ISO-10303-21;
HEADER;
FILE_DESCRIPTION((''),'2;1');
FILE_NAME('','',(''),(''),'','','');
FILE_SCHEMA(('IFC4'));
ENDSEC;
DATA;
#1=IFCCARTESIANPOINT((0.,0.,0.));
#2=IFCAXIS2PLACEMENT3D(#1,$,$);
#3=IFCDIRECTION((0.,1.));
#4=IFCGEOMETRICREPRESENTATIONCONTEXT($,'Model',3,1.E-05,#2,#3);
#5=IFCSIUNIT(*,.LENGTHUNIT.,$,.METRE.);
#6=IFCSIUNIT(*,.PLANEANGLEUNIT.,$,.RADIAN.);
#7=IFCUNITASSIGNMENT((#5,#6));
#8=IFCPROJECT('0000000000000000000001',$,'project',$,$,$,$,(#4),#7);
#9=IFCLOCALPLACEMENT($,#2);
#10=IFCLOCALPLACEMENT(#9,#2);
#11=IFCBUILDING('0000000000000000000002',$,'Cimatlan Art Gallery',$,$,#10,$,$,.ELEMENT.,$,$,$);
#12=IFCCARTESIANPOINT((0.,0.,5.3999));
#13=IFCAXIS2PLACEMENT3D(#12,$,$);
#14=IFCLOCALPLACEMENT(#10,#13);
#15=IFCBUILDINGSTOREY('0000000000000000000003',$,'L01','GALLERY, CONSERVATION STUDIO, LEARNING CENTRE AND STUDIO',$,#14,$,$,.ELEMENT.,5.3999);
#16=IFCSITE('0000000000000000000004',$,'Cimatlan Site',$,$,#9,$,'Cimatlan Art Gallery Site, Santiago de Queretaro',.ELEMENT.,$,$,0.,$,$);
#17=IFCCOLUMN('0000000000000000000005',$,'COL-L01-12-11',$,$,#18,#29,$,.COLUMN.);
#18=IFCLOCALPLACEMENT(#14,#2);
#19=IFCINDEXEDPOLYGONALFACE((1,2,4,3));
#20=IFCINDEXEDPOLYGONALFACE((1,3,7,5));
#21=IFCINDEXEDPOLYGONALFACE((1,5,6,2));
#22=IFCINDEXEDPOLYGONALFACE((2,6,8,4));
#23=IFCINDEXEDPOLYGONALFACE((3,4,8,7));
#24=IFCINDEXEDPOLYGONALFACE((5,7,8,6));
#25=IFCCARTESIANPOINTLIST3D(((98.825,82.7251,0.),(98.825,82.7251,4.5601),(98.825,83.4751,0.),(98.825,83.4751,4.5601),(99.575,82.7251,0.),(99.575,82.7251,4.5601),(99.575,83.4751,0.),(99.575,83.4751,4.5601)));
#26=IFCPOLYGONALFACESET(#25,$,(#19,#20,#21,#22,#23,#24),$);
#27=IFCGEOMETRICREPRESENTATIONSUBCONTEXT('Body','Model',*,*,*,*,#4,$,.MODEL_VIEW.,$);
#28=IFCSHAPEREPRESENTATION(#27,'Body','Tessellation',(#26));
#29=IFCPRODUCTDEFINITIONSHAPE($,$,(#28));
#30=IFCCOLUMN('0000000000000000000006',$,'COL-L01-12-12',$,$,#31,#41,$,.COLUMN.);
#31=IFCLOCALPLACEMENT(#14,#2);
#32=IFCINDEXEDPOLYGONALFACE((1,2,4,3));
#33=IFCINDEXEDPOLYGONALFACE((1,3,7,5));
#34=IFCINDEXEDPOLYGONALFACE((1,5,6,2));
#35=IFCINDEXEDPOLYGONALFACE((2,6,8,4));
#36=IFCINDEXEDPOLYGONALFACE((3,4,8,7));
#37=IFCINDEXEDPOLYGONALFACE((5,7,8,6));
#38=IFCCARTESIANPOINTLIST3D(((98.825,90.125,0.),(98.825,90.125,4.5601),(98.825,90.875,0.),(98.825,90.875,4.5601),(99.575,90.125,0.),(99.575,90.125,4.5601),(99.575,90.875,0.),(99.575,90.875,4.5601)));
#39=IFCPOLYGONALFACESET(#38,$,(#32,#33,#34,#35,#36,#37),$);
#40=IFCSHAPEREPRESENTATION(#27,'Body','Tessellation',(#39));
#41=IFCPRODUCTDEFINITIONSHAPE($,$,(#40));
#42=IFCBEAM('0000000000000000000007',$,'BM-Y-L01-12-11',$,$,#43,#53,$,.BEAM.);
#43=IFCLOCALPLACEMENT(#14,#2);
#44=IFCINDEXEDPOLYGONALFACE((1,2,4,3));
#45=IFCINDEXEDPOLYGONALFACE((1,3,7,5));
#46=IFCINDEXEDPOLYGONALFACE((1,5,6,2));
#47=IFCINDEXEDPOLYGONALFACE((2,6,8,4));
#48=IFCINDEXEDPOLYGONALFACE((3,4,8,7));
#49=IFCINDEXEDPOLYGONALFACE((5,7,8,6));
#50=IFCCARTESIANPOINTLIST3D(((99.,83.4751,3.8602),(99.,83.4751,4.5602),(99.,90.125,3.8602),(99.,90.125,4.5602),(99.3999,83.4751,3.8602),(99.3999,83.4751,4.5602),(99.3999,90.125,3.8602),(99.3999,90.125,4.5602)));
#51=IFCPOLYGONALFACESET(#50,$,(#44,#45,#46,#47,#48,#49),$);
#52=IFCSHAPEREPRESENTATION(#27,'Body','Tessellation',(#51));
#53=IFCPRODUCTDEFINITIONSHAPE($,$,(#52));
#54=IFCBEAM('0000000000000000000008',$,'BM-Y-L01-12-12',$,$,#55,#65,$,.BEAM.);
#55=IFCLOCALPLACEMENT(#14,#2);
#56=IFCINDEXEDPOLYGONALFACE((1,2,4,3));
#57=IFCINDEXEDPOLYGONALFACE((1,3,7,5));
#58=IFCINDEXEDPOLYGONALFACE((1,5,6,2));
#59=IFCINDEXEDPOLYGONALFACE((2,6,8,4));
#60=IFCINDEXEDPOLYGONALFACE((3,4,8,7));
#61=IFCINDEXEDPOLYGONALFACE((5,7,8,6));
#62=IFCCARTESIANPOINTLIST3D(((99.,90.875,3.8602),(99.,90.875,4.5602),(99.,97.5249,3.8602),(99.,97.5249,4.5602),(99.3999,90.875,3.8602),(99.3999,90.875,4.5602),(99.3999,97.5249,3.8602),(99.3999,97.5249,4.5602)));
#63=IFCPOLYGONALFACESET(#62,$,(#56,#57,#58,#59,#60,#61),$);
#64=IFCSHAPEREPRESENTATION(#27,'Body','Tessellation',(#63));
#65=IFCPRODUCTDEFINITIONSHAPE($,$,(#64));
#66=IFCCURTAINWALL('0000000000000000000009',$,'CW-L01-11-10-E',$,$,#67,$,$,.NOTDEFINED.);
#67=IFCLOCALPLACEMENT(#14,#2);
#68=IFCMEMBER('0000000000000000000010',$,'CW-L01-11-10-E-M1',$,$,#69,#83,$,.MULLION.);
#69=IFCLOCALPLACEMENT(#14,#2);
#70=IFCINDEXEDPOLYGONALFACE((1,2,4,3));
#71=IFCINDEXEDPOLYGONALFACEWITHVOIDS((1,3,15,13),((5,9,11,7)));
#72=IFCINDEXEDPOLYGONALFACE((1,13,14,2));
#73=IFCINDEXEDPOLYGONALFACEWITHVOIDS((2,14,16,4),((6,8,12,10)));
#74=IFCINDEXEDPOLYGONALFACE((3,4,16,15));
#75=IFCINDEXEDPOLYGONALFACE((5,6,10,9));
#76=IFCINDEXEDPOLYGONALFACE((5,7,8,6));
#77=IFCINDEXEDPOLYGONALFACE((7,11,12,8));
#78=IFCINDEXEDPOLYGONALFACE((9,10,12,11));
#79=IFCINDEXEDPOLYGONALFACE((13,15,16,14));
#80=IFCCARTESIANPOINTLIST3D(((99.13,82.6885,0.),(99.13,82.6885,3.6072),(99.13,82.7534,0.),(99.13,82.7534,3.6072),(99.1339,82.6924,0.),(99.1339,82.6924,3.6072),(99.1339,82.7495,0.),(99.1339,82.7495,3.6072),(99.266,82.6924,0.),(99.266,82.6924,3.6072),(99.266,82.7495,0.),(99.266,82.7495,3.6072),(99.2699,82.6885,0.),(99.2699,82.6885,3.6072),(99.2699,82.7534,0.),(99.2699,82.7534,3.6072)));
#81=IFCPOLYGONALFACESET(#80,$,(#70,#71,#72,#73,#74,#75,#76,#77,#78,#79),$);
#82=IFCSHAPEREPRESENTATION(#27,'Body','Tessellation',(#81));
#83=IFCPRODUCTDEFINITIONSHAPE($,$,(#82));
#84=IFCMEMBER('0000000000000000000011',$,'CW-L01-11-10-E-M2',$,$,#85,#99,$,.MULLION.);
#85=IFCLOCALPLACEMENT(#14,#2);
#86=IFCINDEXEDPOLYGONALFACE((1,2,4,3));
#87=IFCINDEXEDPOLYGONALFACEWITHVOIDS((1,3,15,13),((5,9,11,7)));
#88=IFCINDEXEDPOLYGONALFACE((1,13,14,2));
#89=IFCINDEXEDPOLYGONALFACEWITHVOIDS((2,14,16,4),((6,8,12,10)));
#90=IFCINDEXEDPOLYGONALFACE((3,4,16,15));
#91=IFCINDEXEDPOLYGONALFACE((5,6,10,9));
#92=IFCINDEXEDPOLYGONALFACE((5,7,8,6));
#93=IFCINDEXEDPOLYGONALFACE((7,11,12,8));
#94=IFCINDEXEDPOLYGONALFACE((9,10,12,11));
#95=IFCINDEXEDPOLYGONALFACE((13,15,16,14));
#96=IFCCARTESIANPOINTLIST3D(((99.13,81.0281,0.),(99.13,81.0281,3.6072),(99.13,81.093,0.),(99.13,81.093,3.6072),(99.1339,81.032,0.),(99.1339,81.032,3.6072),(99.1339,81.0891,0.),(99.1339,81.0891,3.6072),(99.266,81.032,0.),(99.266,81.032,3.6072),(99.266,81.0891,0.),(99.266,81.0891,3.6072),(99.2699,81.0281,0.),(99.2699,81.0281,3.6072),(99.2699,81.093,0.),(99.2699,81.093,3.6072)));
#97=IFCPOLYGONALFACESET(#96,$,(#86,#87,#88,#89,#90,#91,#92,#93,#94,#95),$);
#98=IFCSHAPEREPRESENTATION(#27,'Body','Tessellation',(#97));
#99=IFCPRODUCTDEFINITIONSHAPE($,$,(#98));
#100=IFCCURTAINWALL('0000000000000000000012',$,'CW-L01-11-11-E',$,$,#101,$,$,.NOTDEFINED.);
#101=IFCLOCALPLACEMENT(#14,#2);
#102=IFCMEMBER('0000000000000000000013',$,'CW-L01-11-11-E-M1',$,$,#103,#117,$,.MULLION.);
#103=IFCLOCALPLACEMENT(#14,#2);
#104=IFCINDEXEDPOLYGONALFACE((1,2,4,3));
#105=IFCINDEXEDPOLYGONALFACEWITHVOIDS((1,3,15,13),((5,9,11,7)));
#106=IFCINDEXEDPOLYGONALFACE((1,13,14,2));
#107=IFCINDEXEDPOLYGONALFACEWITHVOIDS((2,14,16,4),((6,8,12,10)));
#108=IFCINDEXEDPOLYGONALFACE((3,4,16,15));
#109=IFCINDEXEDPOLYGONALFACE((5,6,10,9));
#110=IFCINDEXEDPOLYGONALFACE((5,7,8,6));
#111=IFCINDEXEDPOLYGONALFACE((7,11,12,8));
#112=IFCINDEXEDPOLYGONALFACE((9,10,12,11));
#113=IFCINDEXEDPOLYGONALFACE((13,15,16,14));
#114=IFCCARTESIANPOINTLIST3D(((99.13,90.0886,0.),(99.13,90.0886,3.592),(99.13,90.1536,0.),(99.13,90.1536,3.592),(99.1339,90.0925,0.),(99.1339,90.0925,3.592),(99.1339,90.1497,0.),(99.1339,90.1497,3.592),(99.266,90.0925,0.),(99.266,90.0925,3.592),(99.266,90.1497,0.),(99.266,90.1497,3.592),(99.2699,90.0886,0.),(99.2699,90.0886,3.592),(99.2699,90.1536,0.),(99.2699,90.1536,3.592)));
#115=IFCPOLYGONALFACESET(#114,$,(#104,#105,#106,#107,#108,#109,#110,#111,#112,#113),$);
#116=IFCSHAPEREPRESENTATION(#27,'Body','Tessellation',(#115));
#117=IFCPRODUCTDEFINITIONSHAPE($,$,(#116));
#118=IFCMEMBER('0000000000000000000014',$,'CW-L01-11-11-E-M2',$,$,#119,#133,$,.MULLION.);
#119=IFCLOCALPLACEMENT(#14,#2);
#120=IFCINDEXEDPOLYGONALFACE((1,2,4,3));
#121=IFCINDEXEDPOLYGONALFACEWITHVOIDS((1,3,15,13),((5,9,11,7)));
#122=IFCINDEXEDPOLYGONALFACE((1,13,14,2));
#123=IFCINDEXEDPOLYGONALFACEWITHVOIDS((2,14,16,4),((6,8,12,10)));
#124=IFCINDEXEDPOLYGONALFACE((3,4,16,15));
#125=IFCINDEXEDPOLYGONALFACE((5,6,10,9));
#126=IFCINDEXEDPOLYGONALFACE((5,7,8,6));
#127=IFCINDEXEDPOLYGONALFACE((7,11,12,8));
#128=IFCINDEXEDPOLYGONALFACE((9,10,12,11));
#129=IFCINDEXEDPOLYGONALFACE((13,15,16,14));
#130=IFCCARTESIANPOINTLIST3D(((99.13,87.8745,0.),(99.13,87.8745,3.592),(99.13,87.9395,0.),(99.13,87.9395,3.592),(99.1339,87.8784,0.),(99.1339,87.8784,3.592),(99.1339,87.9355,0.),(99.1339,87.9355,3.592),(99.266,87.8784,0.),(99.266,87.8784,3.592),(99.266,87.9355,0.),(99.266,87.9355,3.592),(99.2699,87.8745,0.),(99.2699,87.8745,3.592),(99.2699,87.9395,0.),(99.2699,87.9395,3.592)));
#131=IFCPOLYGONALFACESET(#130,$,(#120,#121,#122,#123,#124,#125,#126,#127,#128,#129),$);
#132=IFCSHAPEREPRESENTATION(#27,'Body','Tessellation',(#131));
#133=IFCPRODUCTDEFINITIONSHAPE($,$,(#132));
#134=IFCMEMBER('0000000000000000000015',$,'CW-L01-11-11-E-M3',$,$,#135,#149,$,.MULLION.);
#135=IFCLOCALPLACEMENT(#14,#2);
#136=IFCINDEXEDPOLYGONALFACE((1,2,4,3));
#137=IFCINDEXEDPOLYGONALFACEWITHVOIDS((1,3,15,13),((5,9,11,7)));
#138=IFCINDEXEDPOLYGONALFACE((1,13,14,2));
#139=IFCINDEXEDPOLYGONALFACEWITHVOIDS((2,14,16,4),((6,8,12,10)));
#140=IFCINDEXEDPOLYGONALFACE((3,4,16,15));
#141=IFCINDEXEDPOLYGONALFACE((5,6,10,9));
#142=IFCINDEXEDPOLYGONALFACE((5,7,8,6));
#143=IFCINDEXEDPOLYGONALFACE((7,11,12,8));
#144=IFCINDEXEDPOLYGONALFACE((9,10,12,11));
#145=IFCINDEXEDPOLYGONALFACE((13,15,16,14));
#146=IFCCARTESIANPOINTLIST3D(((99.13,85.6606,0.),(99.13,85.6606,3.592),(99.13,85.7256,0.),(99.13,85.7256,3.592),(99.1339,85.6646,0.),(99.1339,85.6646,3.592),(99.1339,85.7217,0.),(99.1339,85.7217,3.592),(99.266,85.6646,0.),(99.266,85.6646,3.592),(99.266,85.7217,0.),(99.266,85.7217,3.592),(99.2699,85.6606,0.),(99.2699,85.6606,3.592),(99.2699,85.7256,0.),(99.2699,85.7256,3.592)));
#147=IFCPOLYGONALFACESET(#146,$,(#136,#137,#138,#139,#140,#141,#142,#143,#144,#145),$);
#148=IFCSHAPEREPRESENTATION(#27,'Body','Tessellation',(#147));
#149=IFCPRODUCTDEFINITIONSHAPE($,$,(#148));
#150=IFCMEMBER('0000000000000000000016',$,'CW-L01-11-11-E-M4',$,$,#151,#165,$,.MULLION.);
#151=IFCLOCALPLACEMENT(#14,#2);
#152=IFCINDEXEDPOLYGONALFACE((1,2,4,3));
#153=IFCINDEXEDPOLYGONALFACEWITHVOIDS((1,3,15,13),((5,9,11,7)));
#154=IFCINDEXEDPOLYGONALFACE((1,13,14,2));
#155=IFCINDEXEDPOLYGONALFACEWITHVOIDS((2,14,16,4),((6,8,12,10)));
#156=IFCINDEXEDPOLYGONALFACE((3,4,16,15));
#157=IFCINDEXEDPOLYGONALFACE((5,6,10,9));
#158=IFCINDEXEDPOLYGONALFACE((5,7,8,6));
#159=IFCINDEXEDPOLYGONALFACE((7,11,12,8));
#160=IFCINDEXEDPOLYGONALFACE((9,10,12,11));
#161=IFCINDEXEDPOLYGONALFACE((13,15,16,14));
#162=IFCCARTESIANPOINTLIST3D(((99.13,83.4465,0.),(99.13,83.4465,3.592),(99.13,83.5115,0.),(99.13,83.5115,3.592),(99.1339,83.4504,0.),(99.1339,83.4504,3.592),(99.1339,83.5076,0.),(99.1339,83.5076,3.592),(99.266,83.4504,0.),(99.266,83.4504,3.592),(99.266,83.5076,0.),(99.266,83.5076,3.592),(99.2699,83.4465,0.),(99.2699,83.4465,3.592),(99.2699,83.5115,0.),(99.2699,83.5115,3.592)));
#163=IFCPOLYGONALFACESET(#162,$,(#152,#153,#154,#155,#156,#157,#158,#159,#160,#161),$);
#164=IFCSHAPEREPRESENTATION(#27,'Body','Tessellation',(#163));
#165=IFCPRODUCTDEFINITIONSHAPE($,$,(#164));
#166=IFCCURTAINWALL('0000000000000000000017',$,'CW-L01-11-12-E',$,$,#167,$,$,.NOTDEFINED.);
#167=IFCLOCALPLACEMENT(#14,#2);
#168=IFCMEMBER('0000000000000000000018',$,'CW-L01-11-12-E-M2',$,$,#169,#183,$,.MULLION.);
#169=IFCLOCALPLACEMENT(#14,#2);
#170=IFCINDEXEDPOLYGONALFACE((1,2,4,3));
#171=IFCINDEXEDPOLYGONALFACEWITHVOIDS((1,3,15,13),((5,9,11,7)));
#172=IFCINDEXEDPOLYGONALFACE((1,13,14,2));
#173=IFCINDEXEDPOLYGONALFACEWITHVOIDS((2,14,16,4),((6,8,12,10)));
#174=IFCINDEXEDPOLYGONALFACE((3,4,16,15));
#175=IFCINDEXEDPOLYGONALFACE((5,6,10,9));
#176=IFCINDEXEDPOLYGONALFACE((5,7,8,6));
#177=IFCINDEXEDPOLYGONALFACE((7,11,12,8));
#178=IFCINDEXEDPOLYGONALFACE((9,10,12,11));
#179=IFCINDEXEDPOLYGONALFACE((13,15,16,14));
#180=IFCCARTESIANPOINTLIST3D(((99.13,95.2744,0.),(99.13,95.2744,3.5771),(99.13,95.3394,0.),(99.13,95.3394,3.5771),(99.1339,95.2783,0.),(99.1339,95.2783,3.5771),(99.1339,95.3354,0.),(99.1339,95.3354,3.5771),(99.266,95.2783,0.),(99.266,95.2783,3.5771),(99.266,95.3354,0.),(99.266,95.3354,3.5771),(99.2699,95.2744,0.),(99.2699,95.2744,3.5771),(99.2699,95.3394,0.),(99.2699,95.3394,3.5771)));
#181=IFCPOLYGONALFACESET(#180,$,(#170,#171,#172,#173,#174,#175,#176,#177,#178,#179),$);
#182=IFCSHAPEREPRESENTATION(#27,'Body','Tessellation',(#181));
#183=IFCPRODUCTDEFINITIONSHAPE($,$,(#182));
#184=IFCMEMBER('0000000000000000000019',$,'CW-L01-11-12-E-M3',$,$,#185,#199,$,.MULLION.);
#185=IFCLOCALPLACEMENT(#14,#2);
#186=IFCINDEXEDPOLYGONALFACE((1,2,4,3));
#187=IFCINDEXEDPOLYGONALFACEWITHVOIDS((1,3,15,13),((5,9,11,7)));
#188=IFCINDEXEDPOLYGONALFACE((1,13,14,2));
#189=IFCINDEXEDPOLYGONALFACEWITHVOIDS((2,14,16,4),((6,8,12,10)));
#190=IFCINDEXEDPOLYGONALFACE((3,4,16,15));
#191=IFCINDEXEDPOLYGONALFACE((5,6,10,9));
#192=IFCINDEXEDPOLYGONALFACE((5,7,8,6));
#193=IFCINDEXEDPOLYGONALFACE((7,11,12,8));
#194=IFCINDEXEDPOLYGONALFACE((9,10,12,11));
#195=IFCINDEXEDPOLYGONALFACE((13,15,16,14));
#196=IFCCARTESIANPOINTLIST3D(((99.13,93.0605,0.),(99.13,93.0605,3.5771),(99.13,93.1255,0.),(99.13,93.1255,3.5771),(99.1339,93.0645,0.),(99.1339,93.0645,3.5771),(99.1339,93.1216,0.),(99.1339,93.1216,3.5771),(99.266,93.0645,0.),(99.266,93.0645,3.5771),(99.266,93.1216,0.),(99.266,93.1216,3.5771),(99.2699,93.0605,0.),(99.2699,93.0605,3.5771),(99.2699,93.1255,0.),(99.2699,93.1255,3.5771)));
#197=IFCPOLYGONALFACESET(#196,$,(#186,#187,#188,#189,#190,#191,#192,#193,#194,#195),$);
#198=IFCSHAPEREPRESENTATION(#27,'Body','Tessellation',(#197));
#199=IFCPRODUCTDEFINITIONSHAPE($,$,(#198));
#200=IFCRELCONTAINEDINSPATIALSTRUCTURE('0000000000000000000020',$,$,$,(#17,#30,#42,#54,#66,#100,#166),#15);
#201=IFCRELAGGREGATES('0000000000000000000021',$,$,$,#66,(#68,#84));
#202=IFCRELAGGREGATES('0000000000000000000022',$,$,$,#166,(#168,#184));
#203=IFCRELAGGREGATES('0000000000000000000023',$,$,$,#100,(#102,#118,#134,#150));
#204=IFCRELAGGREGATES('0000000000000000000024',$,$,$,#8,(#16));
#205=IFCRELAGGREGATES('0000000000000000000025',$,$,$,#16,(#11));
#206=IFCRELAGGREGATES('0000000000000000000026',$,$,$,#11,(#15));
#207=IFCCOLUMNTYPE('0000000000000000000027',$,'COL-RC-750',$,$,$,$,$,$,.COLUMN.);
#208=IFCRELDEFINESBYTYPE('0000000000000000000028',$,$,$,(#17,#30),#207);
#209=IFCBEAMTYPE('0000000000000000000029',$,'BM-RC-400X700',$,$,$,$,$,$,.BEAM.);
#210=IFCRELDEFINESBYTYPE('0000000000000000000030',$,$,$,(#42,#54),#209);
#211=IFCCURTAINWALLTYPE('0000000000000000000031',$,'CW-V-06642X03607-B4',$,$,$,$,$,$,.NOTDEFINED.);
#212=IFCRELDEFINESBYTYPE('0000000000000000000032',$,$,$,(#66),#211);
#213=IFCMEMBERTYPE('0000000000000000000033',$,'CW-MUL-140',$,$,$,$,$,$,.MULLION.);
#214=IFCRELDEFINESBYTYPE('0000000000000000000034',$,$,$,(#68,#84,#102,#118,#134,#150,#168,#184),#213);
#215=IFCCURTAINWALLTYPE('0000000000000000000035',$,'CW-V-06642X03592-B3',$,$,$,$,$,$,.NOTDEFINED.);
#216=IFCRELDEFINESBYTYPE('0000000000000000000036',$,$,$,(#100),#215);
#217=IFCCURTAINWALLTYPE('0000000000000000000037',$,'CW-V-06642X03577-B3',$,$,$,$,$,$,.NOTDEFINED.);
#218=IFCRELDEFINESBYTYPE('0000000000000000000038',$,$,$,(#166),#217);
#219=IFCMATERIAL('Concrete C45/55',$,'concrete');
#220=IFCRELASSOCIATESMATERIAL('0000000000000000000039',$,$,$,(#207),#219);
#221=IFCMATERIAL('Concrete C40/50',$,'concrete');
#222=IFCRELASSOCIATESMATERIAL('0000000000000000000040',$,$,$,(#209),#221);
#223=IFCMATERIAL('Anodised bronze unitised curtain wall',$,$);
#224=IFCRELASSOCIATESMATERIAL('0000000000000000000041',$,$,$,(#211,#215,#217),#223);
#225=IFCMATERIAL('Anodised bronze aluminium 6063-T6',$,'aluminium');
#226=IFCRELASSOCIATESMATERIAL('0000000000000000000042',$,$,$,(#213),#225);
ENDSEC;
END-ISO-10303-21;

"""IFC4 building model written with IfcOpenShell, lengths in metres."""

from ifc_helpers import new_model, si_unit, direction, frame, origin, origin_2d, place, context, subcontext, project, spatial, rectangle, hollow_rectangle, extrude, material, material_profile, profile_set, type_object, element, aggregate, save


model = new_model("IFC4")

# Units and contexts
model_context = context("Model", 3, precision=1e-05, world=origin(), true_north=direction((0.0, 1.0)))
body_context = subcontext(model_context, "Body", "Model", "MODEL_VIEW")
ifc_project = project(units=[si_unit("LENGTHUNIT", "METRE"), si_unit("PLANEANGLEUNIT", "RADIAN")], contexts=[model_context])

# Site, building, storey
site_placement = place(None, origin())
site = spatial("IfcSite", under=ifc_project, at=site_placement, Name="Cimatlan Site", LongName="Cimatlan Art Gallery Site, Santiago de Queretaro", CompositionType="ELEMENT", RefElevation=0.0)
building_placement = place(site_placement, origin())
building = spatial("IfcBuilding", under=site, at=building_placement, Name="Cimatlan Art Gallery", CompositionType="ELEMENT")
storey_placement = place(building_placement, frame((0.0, 0.0, 5.3999)))
storey = spatial("IfcBuildingStorey", under=building, at=storey_placement, Name="L01", Description="GALLERY, CONSERVATION STUDIO, LEARNING CENTRE AND STUDIO", CompositionType="ELEMENT", Elevation=5.3999)

# Columns
ifc_material_1 = material(Name="Concrete C45/55", Category="concrete")
ifc_material_profile_1 = material_profile(ifc_material_1, rectangle(XDim=0.75, YDim=0.75, at=origin_2d()), Name="RC750X750")
ifc_profile_set_1 = profile_set([ifc_material_profile_1], Name="Concrete C45/55")
column_type = type_object("IfcColumnType", Name="COL-RC-750", PredefinedType="COLUMN", material=ifc_profile_set_1)
for number, where, z_axis, x_axis, name in (
    (1, (99.2, 83.1001, 0.0), (0.0, 0.0, 1.0), (1.0, 0.0, 0.0), "COL-L01-12-11"),
    (2, (99.2, 90.5, 0.0), (0.0, 0.0, 1.0), (1.0, 0.0, 0.0), "COL-L01-12-12"),
):
    element("IfcColumn", number, at=place(storey_placement, frame(where, z_axis=z_axis, x_axis=x_axis)), inside=storey, type_object=column_type, Name=name, PredefinedType="COLUMN", context=body_context, shape_type="SweptSolid", body=[
        extrude(rectangle(XDim=0.75, YDim=0.75, at=origin_2d()), origin(), (0.0, 0.0, 1.0), 4.5601),
    ])

# Beams
ifc_material_2 = material(Name="Concrete C40/50", Category="concrete")
ifc_material_profile_2 = material_profile(ifc_material_2, rectangle(XDim=0.3999, YDim=0.7, at=origin_2d()), Name="RC400X700")
ifc_profile_set_2 = profile_set([ifc_material_profile_2], Name="Concrete C40/50")
beam_type = type_object("IfcBeamType", Name="BM-RC-400X700", PredefinedType="BEAM", material=ifc_profile_set_2)
for number, where, z_axis, x_axis, name in (
    (3, (99.2, 83.4751, 4.2102), (0.0, 1.0, 0.0), (-1.0, 0.0, 0.0), "BM-Y-L01-12-11"),
    (4, (99.2, 90.875, 4.2102), (0.0, 1.0, 0.0), (-1.0, 0.0, 0.0), "BM-Y-L01-12-12"),
):
    element("IfcBeam", number, at=place(storey_placement, frame(where, z_axis=z_axis, x_axis=x_axis)), inside=storey, type_object=beam_type, Name=name, PredefinedType="BEAM", context=body_context, shape_type="SweptSolid", body=[
        extrude(rectangle(XDim=0.3999, YDim=0.7, at=origin_2d()), origin(), (0.0, 0.0, 1.0), 6.6499),
    ])

# Curtain walls, members
ifc_material_3 = material(Name="Anodised bronze unitised curtain wall")
curtain_wall_type_1 = type_object("IfcCurtainWallType", Name="CW-V-06642X03607-B4", PredefinedType="NOTDEFINED", material=ifc_material_3)
curtain_wall_1_placement = place(storey_placement, origin())
curtain_wall_1 = element("IfcCurtainWall", 5, at=curtain_wall_1_placement, inside=storey, type_object=curtain_wall_type_1, Name="CW-L01-11-10-E", PredefinedType="NOTDEFINED")
ifc_material_4 = material(Name="Anodised bronze aluminium 6063-T6", Category="aluminium")
ifc_material_profile_3 = material_profile(ifc_material_4, hollow_rectangle(XDim=0.0649, YDim=0.1399, WallThickness=0.0039, at=origin_2d()), Name="ALU65X140X4")
ifc_profile_set_3 = profile_set([ifc_material_profile_3], Name="Anodised bronze aluminium 6063-T6")
member_type_1 = type_object("IfcMemberType", Name="CW-MUL-140", PredefinedType="MULLION", material=ifc_profile_set_3)
member_1_placement = place(storey_placement, frame((99.2, 82.7209, 0.0), z_axis=(0.0, 0.0, 1.0), x_axis=(0.0, 1.0, 0.0)))
member_1 = element("IfcMember", 6, at=member_1_placement, type_object=member_type_1, Name="CW-L01-11-10-E-M1", PredefinedType="MULLION", context=body_context, shape_type="SweptSolid", body=[
    extrude(hollow_rectangle(XDim=0.0649, YDim=0.1399, WallThickness=0.0039, at=origin_2d()), origin(), (0.0, 0.0, 1.0), 3.6072),
])
member_2_placement = place(storey_placement, frame((99.2, 81.0605, 0.0), z_axis=(0.0, 0.0, 1.0), x_axis=(0.0, 1.0, 0.0)))
member_2 = element("IfcMember", 7, at=member_2_placement, type_object=member_type_1, Name="CW-L01-11-10-E-M2", PredefinedType="MULLION", context=body_context, shape_type="SweptSolid", body=[
    extrude(hollow_rectangle(XDim=0.0649, YDim=0.1399, WallThickness=0.0039, at=origin_2d()), origin(), (0.0, 0.0, 1.0), 3.6072),
])
curtain_wall_type_2 = type_object("IfcCurtainWallType", Name="CW-V-06642X03592-B3", PredefinedType="NOTDEFINED", material=ifc_material_3)
curtain_wall_2_placement = place(storey_placement, origin())
curtain_wall_2 = element("IfcCurtainWall", 8, at=curtain_wall_2_placement, inside=storey, type_object=curtain_wall_type_2, Name="CW-L01-11-11-E", PredefinedType="NOTDEFINED")
member_3_placement = place(storey_placement, frame((99.2, 90.1211, 0.0), z_axis=(0.0, 0.0, 1.0), x_axis=(0.0, 1.0, 0.0)))
member_3 = element("IfcMember", 9, at=member_3_placement, type_object=member_type_1, Name="CW-L01-11-11-E-M1", PredefinedType="MULLION", context=body_context, shape_type="SweptSolid", body=[
    extrude(hollow_rectangle(XDim=0.0649, YDim=0.1399, WallThickness=0.0039, at=origin_2d()), origin(), (0.0, 0.0, 1.0), 3.592),
])
member_4_placement = place(storey_placement, frame((99.2, 87.907, 0.0), z_axis=(0.0, 0.0, 1.0), x_axis=(0.0, 1.0, 0.0)))
member_4 = element("IfcMember", 10, at=member_4_placement, type_object=member_type_1, Name="CW-L01-11-11-E-M2", PredefinedType="MULLION", context=body_context, shape_type="SweptSolid", body=[
    extrude(hollow_rectangle(XDim=0.0649, YDim=0.1399, WallThickness=0.0039, at=origin_2d()), origin(), (0.0, 0.0, 1.0), 3.592),
])
member_5_placement = place(storey_placement, frame((99.2, 85.6931, 0.0), z_axis=(0.0, 0.0, 1.0), x_axis=(0.0, 1.0, 0.0)))
member_5 = element("IfcMember", 11, at=member_5_placement, type_object=member_type_1, Name="CW-L01-11-11-E-M3", PredefinedType="MULLION", context=body_context, shape_type="SweptSolid", body=[
    extrude(hollow_rectangle(XDim=0.0649, YDim=0.1399, WallThickness=0.0039, at=origin_2d()), origin(), (0.0, 0.0, 1.0), 3.592),
])
member_6_placement = place(storey_placement, frame((99.2, 83.479, 0.0), z_axis=(0.0, 0.0, 1.0), x_axis=(0.0, 1.0, 0.0)))
member_6 = element("IfcMember", 12, at=member_6_placement, type_object=member_type_1, Name="CW-L01-11-11-E-M4", PredefinedType="MULLION", context=body_context, shape_type="SweptSolid", body=[
    extrude(hollow_rectangle(XDim=0.0649, YDim=0.1399, WallThickness=0.0039, at=origin_2d()), origin(), (0.0, 0.0, 1.0), 3.592),
])
curtain_wall_type_3 = type_object("IfcCurtainWallType", Name="CW-V-06642X03577-B3", PredefinedType="NOTDEFINED", material=ifc_material_3)
curtain_wall_3_placement = place(storey_placement, origin())
curtain_wall_3 = element("IfcCurtainWall", 13, at=curtain_wall_3_placement, inside=storey, type_object=curtain_wall_type_3, Name="CW-L01-11-12-E", PredefinedType="NOTDEFINED")
member_7_placement = place(storey_placement, frame((99.2, 95.3069, 0.0), z_axis=(0.0, 0.0, 1.0), x_axis=(0.0, 1.0, 0.0)))
member_7 = element("IfcMember", 14, at=member_7_placement, type_object=member_type_1, Name="CW-L01-11-12-E-M2", PredefinedType="MULLION", context=body_context, shape_type="SweptSolid", body=[
    extrude(hollow_rectangle(XDim=0.0649, YDim=0.1399, WallThickness=0.0039, at=origin_2d()), origin(), (0.0, 0.0, 1.0), 3.5771),
])
member_8_placement = place(storey_placement, frame((99.2, 93.093, 0.0), z_axis=(0.0, 0.0, 1.0), x_axis=(0.0, 1.0, 0.0)))
member_8 = element("IfcMember", 15, at=member_8_placement, type_object=member_type_1, Name="CW-L01-11-12-E-M3", PredefinedType="MULLION", context=body_context, shape_type="SweptSolid", body=[
    extrude(hollow_rectangle(XDim=0.0649, YDim=0.1399, WallThickness=0.0039, at=origin_2d()), origin(), (0.0, 0.0, 1.0), 3.5771),
])

aggregate(curtain_wall_1, [member_1, member_2])
aggregate(curtain_wall_3, [member_7, member_8])
aggregate(curtain_wall_2, [member_3, member_4, member_5, member_6])

save(model, "model.ifc")
